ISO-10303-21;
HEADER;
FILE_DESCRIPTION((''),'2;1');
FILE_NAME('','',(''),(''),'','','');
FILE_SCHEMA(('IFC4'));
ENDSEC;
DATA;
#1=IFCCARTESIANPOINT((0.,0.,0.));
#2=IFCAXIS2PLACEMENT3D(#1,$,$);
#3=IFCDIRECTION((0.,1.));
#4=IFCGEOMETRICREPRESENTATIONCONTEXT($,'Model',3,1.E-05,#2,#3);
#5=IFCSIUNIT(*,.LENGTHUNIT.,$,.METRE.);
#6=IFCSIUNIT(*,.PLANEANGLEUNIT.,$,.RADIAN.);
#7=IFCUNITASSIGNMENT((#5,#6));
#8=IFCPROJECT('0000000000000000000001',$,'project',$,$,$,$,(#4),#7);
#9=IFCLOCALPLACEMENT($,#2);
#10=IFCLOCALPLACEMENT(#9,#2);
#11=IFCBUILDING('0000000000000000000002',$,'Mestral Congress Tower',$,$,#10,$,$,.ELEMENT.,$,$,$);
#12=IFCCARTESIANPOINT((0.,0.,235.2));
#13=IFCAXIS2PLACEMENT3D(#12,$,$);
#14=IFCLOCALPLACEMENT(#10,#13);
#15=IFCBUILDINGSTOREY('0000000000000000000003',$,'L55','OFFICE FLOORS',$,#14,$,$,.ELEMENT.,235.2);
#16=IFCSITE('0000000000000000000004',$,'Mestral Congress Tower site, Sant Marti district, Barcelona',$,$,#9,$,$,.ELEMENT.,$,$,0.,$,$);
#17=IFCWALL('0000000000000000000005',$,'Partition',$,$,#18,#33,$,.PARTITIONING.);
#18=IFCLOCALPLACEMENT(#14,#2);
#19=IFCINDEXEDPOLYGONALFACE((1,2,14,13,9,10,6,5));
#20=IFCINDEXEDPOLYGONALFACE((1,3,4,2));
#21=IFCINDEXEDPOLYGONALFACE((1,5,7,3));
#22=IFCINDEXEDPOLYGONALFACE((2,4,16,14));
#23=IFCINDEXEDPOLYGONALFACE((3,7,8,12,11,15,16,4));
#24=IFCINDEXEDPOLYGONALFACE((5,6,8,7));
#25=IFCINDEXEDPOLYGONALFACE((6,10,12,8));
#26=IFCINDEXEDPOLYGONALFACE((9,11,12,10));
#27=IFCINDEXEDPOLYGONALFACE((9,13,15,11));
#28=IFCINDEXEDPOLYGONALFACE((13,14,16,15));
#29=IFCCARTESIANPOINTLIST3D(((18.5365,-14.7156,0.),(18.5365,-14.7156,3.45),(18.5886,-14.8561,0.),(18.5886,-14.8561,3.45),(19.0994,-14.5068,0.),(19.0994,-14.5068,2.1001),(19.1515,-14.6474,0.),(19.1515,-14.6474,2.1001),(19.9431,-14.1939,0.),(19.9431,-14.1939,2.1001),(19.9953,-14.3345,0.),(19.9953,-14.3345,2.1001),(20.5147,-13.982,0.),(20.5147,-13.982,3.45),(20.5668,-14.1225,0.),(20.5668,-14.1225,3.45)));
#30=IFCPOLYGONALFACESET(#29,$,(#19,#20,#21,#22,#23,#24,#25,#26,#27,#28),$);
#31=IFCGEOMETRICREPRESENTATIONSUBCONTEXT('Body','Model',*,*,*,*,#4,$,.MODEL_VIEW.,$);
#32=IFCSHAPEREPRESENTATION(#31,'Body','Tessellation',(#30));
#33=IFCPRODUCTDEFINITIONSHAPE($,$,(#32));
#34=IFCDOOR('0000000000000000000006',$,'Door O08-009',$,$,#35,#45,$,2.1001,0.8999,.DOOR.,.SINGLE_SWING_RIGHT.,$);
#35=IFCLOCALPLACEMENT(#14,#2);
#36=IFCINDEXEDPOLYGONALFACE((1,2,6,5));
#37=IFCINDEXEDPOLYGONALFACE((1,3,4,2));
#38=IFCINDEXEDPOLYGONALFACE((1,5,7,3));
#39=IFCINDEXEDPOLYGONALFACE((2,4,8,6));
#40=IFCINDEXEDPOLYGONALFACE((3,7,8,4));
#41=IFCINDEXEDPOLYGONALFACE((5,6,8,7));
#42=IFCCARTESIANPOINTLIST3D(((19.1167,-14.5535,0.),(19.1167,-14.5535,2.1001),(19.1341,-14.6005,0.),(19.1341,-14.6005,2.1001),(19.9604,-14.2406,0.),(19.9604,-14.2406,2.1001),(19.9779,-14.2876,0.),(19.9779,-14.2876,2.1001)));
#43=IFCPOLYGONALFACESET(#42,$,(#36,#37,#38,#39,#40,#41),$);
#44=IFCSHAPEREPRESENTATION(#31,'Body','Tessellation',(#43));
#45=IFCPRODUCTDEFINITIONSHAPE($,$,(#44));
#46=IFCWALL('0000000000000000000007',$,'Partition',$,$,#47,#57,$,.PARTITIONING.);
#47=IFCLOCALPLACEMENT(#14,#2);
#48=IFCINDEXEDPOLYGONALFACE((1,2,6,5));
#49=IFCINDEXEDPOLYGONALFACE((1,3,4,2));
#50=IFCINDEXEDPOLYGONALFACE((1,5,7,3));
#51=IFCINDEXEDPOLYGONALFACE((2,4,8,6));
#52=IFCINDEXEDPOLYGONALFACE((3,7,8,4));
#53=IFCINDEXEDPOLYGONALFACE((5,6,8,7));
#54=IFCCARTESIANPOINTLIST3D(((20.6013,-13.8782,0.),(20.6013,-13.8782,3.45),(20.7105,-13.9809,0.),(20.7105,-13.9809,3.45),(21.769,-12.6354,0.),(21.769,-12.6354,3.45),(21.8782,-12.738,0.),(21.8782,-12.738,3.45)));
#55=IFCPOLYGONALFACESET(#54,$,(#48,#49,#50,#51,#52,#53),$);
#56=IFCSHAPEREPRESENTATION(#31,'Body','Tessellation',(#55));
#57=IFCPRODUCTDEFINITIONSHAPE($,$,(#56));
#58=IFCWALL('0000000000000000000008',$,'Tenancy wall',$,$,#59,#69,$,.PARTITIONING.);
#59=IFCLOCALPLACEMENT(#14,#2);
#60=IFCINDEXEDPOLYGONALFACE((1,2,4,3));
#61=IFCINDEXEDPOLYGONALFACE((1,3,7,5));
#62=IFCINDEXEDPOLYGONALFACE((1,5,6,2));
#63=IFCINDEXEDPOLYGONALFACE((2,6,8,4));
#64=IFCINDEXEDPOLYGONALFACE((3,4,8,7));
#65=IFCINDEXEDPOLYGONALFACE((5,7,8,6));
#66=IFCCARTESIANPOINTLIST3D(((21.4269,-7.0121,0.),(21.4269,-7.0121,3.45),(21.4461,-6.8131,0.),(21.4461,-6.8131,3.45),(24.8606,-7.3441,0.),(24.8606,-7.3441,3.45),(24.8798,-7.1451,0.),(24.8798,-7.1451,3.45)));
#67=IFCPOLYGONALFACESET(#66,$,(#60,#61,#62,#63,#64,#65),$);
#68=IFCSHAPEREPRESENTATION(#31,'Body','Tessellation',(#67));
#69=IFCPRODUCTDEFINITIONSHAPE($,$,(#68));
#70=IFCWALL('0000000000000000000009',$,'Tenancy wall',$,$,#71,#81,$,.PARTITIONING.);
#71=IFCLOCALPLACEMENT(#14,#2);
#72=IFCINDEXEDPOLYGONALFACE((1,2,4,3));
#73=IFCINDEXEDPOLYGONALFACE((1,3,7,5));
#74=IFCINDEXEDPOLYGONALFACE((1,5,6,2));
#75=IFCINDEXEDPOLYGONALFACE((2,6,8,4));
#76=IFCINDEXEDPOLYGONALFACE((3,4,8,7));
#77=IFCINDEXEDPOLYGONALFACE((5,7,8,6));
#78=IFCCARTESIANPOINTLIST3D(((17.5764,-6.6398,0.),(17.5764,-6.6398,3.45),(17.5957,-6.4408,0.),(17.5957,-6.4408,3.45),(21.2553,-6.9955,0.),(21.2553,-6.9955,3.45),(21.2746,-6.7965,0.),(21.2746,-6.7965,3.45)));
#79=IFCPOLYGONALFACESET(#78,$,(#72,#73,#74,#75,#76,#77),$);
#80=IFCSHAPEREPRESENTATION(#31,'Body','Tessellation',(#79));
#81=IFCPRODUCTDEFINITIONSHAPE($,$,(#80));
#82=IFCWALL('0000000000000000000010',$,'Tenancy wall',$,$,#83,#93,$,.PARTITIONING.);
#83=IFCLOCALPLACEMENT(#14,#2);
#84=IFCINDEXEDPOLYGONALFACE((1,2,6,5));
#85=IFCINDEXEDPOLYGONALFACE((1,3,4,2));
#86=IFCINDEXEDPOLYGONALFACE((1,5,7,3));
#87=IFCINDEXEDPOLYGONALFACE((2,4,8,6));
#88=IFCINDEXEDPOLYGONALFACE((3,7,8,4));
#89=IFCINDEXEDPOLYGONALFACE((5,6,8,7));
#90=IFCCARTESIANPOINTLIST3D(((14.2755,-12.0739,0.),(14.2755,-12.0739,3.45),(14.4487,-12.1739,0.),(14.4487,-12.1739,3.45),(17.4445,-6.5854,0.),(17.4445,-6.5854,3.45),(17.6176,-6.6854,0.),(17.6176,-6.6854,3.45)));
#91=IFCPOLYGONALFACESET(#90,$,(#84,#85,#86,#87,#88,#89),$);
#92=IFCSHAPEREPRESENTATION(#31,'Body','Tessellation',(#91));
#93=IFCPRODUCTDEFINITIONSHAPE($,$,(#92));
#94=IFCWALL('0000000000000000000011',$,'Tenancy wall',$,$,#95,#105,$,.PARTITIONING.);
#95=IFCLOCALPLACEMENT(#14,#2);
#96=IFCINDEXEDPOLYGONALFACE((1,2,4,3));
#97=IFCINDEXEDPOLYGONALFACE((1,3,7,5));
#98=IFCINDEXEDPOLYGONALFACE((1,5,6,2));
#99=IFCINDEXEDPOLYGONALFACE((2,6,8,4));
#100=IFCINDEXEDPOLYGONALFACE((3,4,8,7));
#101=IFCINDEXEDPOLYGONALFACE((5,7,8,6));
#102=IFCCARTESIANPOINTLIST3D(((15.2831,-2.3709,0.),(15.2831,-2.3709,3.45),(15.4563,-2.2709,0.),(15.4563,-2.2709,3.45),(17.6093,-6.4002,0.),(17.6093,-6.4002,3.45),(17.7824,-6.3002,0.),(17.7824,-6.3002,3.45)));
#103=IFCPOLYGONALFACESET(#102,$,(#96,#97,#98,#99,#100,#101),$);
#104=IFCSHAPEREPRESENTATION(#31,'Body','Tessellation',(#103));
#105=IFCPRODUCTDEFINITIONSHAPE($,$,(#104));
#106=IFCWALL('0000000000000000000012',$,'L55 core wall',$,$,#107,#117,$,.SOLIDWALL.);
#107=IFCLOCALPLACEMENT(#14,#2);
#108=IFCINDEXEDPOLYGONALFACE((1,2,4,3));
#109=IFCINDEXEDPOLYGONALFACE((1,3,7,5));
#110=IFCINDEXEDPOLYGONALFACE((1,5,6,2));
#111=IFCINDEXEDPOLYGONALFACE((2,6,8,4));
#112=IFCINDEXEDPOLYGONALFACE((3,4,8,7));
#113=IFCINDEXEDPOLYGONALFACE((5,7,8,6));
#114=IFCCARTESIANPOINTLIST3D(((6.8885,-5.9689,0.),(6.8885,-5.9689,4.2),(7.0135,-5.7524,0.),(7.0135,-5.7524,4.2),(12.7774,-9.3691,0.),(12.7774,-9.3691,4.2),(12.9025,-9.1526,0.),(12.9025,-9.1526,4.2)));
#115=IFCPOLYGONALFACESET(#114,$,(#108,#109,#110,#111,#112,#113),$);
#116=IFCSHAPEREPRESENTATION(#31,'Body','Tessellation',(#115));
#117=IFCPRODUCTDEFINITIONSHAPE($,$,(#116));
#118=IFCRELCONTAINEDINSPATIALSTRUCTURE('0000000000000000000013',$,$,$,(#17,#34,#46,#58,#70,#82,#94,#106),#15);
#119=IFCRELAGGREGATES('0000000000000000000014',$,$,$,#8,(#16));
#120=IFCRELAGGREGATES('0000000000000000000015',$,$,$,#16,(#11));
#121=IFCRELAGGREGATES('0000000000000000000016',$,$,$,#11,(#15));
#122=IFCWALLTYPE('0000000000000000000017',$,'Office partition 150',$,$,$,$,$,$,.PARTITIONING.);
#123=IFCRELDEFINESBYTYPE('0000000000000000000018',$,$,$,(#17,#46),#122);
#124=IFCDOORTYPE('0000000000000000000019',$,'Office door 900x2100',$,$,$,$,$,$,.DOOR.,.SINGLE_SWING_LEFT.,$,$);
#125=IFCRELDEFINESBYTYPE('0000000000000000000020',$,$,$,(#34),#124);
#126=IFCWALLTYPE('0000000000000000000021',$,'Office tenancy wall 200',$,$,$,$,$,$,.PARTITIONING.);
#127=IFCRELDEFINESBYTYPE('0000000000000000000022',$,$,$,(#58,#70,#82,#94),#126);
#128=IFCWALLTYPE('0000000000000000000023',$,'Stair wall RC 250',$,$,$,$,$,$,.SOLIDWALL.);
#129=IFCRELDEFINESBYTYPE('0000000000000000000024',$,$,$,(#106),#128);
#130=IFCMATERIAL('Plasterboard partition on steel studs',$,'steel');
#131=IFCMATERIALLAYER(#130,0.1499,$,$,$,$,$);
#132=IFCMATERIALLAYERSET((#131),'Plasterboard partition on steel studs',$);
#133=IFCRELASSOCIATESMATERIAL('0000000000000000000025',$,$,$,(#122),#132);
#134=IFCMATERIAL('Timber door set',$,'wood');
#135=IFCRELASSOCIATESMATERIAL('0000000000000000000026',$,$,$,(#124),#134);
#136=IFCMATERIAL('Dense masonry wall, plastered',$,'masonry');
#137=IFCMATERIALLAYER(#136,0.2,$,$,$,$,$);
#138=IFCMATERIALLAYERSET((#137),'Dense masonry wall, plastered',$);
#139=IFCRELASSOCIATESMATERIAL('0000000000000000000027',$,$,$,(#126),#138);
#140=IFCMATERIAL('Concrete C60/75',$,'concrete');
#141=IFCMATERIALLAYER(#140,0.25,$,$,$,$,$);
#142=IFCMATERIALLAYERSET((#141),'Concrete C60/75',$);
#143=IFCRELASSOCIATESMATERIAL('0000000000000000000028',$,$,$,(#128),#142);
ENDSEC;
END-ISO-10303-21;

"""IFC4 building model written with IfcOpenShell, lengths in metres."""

from ifc_helpers import new_model, si_unit, direction, frame, frame_2d, origin, place, context, subcontext, project, spatial, rectangle, extrude, material, layer, layer_set, type_object, element, fill, save


model = new_model("IFC4")

# Units and contexts
model_context = context("Model", 3, precision=1e-05, world=origin(), true_north=direction((0.0, 1.0)))
body_context = subcontext(model_context, "Body", "Model", "MODEL_VIEW")
ifc_project = project(units=[si_unit("LENGTHUNIT", "METRE"), si_unit("PLANEANGLEUNIT", "RADIAN")], contexts=[model_context])

# Site, building, storey
site_placement = place(None, origin())
site = spatial("IfcSite", under=ifc_project, at=site_placement, Name="Mestral Congress Tower site, Sant Marti district, Barcelona", CompositionType="ELEMENT", RefElevation=0.0)
building_placement = place(site_placement, origin())
building = spatial("IfcBuilding", under=site, at=building_placement, Name="Mestral Congress Tower", CompositionType="ELEMENT")
storey_placement = place(building_placement, frame((0.0, 0.0, 235.2)))
storey = spatial("IfcBuildingStorey", under=building, at=storey_placement, Name="L55", Description="OFFICE FLOORS", CompositionType="ELEMENT", Elevation=235.2)

# Shared definitions
ifc_material_1 = material(Name="Concrete C60/75", Category="concrete")

# Shared definitions
ifc_material_2 = material(Name="Plasterboard partition on steel studs", Category="steel")
ifc_layer_1 = layer(ifc_material_2, 0.1499)
ifc_layer_set_1 = layer_set([ifc_layer_1], Name="Plasterboard partition on steel studs")
wall_type_1 = type_object("IfcWallType", Name="Office partition 150", PredefinedType="PARTITIONING", material=ifc_layer_set_1)

# Shared definitions
ifc_material_3 = material(Name="Timber door set", Category="wood")
door_type = type_object("IfcDoorType", Name="Office door 900x2100", OperationType="SINGLE_SWING_LEFT", PredefinedType="DOOR", material=ifc_material_3)

# Wall, opening, door
wall_1_placement = place(storey_placement, frame((20.5408, -14.0522, 0.0), z_axis=(0.0, 0.0, 1.0), x_axis=(-0.937602, -0.34771, 0.0)))
wall_1 = element("IfcWall", 1, at=wall_1_placement, inside=storey, type_object=wall_type_1, Name="Partition", PredefinedType="PARTITIONING", context=body_context, shape_type="SweptSolid", body=[
    extrude(rectangle(XDim=2.1099, YDim=0.1499, at=frame_2d((1.0549, 0.0))), origin(), (0.0, 0.0, 1.0), 3.45),
])
opening_1_placement = place(wall_1_placement, frame((0.6096, 0.0, 0.0)))
opening_1 = element("IfcOpeningElement", 2, at=opening_1_placement, cuts=wall_1, PredefinedType="OPENING", context=body_context, shape_type="SweptSolid", body=[
    extrude(rectangle(XDim=0.8999, YDim=2.1001, at=frame_2d((0.45, 1.05))), frame((0.0, 0.085, 0.0), z_axis=(0.0, -1.0, 0.0), x_axis=(1.0, 0.0, 0.0)), (0.0, 0.0, 1.0), 0.1699),
])
door_1_placement = place(opening_1_placement, origin())
door_1 = element("IfcDoor", 3, at=door_1_placement, inside=storey, type_object=door_type, Name="Door O08-009", OperationType="SINGLE_SWING_RIGHT", OverallHeight=2.1001, OverallWidth=0.8999, PredefinedType="DOOR", context=body_context, shape_type="SweptSolid", body=[
    extrude(rectangle(XDim=0.8999, YDim=2.1001, at=frame_2d((0.45, 1.05))), frame((0.0, 0.0249, 0.0), z_axis=(0.0, -1.0, 0.0), x_axis=(1.0, 0.0, 0.0)), (0.0, 0.0, 1.0), 0.05),
])
fill(opening_1, door_1)

# Walls
wall_2_placement = place(storey_placement, frame((20.656, -13.9294, 0.0), z_axis=(0.0, 0.0, 1.0), x_axis=(0.684717, 0.728809, 0.0)))
element("IfcWall", 4, at=wall_2_placement, inside=storey, type_object=wall_type_1, Name="Partition", PredefinedType="PARTITIONING", context=body_context, shape_type="SweptSolid", body=[
    extrude(rectangle(XDim=1.7053, YDim=0.1499, at=frame_2d((0.8525, 0.0))), origin(), (0.0, 0.0, 1.0), 3.45),
])
ifc_material_4 = material(Name="Dense masonry wall, plastered", Category="masonry")
ifc_layer_2 = layer(ifc_material_4, 0.2)
ifc_layer_set_2 = layer_set([ifc_layer_2], Name="Dense masonry wall, plastered")
wall_type_2 = type_object("IfcWallType", Name="Office tenancy wall 200", PredefinedType="PARTITIONING", material=ifc_layer_set_2)
wall_3_placement = place(storey_placement, frame((21.4365, -6.9126, 0.0), z_axis=(0.0, 0.0, 1.0), x_axis=(0.995357, -0.096252, 0.0)))
element("IfcWall", 5, at=wall_3_placement, inside=storey, type_object=wall_type_2, Name="Tenancy wall", PredefinedType="PARTITIONING", context=body_context, shape_type="SweptSolid", body=[
    extrude(rectangle(XDim=3.4497, YDim=0.2, at=frame_2d((1.7249, 0.0))), origin(), (0.0, 0.0, 1.0), 3.45),
])
wall_4_placement = place(storey_placement, frame((17.5859, -6.5403, 0.0), z_axis=(0.0, 0.0, 1.0), x_axis=(0.995358, -0.09624, 0.0)))
element("IfcWall", 6, at=wall_4_placement, inside=storey, type_object=wall_type_2, Name="Tenancy wall", PredefinedType="PARTITIONING", context=body_context, shape_type="SweptSolid", body=[
    extrude(rectangle(XDim=3.696, YDim=0.2, at=frame_2d((1.8481, 0.0))), origin(), (0.0, 0.0, 1.0), 3.45),
])
wall_5_placement = place(storey_placement, frame((14.3621, -12.124, 0.0), z_axis=(0.0, 0.0, 1.0), x_axis=(0.500017, 0.866016, 0.0)))
element("IfcWall", 7, at=wall_5_placement, inside=storey, type_object=wall_type_2, Name="Tenancy wall", PredefinedType="PARTITIONING", context=body_context, shape_type="SweptSolid", body=[
    extrude(rectangle(XDim=6.3376, YDim=0.2, at=frame_2d((3.1689, 0.0))), origin(), (0.0, 0.0, 1.0), 3.45),
])
wall_6_placement = place(storey_placement, frame((17.6958, -6.3501, 0.0), z_axis=(0.0, 0.0, 1.0), x_axis=(-0.499977, 0.866039, 0.0)))
element("IfcWall", 8, at=wall_6_placement, inside=storey, type_object=wall_type_2, Name="Tenancy wall", PredefinedType="PARTITIONING", context=body_context, shape_type="SweptSolid", body=[
    extrude(rectangle(XDim=4.6526, YDim=0.2, at=frame_2d((2.3262, 0.0))), origin(), (0.0, 0.0, 1.0), 3.45),
])
ifc_layer_3 = layer(ifc_material_1, 0.25)
ifc_layer_set_3 = layer_set([ifc_layer_3], Name="Concrete C60/75")
wall_type_3 = type_object("IfcWallType", Name="Stair wall RC 250", PredefinedType="SOLIDWALL", material=ifc_layer_set_3)
wall_7_placement = place(storey_placement, frame((12.8398, -9.2607, 0.0), z_axis=(0.0, 0.0, 1.0), x_axis=(-0.866014, 0.50002, 0.0)))
element("IfcWall", 9, at=wall_7_placement, inside=storey, type_object=wall_type_3, Name="L55 core wall", PredefinedType="SOLIDWALL", context=body_context, shape_type="SweptSolid", body=[
    extrude(rectangle(XDim=6.8, YDim=0.25, at=frame_2d((3.3999, 0.0))), origin(), (0.0, 0.0, 1.0), 4.2),
])

save(model, "model.ifc")
